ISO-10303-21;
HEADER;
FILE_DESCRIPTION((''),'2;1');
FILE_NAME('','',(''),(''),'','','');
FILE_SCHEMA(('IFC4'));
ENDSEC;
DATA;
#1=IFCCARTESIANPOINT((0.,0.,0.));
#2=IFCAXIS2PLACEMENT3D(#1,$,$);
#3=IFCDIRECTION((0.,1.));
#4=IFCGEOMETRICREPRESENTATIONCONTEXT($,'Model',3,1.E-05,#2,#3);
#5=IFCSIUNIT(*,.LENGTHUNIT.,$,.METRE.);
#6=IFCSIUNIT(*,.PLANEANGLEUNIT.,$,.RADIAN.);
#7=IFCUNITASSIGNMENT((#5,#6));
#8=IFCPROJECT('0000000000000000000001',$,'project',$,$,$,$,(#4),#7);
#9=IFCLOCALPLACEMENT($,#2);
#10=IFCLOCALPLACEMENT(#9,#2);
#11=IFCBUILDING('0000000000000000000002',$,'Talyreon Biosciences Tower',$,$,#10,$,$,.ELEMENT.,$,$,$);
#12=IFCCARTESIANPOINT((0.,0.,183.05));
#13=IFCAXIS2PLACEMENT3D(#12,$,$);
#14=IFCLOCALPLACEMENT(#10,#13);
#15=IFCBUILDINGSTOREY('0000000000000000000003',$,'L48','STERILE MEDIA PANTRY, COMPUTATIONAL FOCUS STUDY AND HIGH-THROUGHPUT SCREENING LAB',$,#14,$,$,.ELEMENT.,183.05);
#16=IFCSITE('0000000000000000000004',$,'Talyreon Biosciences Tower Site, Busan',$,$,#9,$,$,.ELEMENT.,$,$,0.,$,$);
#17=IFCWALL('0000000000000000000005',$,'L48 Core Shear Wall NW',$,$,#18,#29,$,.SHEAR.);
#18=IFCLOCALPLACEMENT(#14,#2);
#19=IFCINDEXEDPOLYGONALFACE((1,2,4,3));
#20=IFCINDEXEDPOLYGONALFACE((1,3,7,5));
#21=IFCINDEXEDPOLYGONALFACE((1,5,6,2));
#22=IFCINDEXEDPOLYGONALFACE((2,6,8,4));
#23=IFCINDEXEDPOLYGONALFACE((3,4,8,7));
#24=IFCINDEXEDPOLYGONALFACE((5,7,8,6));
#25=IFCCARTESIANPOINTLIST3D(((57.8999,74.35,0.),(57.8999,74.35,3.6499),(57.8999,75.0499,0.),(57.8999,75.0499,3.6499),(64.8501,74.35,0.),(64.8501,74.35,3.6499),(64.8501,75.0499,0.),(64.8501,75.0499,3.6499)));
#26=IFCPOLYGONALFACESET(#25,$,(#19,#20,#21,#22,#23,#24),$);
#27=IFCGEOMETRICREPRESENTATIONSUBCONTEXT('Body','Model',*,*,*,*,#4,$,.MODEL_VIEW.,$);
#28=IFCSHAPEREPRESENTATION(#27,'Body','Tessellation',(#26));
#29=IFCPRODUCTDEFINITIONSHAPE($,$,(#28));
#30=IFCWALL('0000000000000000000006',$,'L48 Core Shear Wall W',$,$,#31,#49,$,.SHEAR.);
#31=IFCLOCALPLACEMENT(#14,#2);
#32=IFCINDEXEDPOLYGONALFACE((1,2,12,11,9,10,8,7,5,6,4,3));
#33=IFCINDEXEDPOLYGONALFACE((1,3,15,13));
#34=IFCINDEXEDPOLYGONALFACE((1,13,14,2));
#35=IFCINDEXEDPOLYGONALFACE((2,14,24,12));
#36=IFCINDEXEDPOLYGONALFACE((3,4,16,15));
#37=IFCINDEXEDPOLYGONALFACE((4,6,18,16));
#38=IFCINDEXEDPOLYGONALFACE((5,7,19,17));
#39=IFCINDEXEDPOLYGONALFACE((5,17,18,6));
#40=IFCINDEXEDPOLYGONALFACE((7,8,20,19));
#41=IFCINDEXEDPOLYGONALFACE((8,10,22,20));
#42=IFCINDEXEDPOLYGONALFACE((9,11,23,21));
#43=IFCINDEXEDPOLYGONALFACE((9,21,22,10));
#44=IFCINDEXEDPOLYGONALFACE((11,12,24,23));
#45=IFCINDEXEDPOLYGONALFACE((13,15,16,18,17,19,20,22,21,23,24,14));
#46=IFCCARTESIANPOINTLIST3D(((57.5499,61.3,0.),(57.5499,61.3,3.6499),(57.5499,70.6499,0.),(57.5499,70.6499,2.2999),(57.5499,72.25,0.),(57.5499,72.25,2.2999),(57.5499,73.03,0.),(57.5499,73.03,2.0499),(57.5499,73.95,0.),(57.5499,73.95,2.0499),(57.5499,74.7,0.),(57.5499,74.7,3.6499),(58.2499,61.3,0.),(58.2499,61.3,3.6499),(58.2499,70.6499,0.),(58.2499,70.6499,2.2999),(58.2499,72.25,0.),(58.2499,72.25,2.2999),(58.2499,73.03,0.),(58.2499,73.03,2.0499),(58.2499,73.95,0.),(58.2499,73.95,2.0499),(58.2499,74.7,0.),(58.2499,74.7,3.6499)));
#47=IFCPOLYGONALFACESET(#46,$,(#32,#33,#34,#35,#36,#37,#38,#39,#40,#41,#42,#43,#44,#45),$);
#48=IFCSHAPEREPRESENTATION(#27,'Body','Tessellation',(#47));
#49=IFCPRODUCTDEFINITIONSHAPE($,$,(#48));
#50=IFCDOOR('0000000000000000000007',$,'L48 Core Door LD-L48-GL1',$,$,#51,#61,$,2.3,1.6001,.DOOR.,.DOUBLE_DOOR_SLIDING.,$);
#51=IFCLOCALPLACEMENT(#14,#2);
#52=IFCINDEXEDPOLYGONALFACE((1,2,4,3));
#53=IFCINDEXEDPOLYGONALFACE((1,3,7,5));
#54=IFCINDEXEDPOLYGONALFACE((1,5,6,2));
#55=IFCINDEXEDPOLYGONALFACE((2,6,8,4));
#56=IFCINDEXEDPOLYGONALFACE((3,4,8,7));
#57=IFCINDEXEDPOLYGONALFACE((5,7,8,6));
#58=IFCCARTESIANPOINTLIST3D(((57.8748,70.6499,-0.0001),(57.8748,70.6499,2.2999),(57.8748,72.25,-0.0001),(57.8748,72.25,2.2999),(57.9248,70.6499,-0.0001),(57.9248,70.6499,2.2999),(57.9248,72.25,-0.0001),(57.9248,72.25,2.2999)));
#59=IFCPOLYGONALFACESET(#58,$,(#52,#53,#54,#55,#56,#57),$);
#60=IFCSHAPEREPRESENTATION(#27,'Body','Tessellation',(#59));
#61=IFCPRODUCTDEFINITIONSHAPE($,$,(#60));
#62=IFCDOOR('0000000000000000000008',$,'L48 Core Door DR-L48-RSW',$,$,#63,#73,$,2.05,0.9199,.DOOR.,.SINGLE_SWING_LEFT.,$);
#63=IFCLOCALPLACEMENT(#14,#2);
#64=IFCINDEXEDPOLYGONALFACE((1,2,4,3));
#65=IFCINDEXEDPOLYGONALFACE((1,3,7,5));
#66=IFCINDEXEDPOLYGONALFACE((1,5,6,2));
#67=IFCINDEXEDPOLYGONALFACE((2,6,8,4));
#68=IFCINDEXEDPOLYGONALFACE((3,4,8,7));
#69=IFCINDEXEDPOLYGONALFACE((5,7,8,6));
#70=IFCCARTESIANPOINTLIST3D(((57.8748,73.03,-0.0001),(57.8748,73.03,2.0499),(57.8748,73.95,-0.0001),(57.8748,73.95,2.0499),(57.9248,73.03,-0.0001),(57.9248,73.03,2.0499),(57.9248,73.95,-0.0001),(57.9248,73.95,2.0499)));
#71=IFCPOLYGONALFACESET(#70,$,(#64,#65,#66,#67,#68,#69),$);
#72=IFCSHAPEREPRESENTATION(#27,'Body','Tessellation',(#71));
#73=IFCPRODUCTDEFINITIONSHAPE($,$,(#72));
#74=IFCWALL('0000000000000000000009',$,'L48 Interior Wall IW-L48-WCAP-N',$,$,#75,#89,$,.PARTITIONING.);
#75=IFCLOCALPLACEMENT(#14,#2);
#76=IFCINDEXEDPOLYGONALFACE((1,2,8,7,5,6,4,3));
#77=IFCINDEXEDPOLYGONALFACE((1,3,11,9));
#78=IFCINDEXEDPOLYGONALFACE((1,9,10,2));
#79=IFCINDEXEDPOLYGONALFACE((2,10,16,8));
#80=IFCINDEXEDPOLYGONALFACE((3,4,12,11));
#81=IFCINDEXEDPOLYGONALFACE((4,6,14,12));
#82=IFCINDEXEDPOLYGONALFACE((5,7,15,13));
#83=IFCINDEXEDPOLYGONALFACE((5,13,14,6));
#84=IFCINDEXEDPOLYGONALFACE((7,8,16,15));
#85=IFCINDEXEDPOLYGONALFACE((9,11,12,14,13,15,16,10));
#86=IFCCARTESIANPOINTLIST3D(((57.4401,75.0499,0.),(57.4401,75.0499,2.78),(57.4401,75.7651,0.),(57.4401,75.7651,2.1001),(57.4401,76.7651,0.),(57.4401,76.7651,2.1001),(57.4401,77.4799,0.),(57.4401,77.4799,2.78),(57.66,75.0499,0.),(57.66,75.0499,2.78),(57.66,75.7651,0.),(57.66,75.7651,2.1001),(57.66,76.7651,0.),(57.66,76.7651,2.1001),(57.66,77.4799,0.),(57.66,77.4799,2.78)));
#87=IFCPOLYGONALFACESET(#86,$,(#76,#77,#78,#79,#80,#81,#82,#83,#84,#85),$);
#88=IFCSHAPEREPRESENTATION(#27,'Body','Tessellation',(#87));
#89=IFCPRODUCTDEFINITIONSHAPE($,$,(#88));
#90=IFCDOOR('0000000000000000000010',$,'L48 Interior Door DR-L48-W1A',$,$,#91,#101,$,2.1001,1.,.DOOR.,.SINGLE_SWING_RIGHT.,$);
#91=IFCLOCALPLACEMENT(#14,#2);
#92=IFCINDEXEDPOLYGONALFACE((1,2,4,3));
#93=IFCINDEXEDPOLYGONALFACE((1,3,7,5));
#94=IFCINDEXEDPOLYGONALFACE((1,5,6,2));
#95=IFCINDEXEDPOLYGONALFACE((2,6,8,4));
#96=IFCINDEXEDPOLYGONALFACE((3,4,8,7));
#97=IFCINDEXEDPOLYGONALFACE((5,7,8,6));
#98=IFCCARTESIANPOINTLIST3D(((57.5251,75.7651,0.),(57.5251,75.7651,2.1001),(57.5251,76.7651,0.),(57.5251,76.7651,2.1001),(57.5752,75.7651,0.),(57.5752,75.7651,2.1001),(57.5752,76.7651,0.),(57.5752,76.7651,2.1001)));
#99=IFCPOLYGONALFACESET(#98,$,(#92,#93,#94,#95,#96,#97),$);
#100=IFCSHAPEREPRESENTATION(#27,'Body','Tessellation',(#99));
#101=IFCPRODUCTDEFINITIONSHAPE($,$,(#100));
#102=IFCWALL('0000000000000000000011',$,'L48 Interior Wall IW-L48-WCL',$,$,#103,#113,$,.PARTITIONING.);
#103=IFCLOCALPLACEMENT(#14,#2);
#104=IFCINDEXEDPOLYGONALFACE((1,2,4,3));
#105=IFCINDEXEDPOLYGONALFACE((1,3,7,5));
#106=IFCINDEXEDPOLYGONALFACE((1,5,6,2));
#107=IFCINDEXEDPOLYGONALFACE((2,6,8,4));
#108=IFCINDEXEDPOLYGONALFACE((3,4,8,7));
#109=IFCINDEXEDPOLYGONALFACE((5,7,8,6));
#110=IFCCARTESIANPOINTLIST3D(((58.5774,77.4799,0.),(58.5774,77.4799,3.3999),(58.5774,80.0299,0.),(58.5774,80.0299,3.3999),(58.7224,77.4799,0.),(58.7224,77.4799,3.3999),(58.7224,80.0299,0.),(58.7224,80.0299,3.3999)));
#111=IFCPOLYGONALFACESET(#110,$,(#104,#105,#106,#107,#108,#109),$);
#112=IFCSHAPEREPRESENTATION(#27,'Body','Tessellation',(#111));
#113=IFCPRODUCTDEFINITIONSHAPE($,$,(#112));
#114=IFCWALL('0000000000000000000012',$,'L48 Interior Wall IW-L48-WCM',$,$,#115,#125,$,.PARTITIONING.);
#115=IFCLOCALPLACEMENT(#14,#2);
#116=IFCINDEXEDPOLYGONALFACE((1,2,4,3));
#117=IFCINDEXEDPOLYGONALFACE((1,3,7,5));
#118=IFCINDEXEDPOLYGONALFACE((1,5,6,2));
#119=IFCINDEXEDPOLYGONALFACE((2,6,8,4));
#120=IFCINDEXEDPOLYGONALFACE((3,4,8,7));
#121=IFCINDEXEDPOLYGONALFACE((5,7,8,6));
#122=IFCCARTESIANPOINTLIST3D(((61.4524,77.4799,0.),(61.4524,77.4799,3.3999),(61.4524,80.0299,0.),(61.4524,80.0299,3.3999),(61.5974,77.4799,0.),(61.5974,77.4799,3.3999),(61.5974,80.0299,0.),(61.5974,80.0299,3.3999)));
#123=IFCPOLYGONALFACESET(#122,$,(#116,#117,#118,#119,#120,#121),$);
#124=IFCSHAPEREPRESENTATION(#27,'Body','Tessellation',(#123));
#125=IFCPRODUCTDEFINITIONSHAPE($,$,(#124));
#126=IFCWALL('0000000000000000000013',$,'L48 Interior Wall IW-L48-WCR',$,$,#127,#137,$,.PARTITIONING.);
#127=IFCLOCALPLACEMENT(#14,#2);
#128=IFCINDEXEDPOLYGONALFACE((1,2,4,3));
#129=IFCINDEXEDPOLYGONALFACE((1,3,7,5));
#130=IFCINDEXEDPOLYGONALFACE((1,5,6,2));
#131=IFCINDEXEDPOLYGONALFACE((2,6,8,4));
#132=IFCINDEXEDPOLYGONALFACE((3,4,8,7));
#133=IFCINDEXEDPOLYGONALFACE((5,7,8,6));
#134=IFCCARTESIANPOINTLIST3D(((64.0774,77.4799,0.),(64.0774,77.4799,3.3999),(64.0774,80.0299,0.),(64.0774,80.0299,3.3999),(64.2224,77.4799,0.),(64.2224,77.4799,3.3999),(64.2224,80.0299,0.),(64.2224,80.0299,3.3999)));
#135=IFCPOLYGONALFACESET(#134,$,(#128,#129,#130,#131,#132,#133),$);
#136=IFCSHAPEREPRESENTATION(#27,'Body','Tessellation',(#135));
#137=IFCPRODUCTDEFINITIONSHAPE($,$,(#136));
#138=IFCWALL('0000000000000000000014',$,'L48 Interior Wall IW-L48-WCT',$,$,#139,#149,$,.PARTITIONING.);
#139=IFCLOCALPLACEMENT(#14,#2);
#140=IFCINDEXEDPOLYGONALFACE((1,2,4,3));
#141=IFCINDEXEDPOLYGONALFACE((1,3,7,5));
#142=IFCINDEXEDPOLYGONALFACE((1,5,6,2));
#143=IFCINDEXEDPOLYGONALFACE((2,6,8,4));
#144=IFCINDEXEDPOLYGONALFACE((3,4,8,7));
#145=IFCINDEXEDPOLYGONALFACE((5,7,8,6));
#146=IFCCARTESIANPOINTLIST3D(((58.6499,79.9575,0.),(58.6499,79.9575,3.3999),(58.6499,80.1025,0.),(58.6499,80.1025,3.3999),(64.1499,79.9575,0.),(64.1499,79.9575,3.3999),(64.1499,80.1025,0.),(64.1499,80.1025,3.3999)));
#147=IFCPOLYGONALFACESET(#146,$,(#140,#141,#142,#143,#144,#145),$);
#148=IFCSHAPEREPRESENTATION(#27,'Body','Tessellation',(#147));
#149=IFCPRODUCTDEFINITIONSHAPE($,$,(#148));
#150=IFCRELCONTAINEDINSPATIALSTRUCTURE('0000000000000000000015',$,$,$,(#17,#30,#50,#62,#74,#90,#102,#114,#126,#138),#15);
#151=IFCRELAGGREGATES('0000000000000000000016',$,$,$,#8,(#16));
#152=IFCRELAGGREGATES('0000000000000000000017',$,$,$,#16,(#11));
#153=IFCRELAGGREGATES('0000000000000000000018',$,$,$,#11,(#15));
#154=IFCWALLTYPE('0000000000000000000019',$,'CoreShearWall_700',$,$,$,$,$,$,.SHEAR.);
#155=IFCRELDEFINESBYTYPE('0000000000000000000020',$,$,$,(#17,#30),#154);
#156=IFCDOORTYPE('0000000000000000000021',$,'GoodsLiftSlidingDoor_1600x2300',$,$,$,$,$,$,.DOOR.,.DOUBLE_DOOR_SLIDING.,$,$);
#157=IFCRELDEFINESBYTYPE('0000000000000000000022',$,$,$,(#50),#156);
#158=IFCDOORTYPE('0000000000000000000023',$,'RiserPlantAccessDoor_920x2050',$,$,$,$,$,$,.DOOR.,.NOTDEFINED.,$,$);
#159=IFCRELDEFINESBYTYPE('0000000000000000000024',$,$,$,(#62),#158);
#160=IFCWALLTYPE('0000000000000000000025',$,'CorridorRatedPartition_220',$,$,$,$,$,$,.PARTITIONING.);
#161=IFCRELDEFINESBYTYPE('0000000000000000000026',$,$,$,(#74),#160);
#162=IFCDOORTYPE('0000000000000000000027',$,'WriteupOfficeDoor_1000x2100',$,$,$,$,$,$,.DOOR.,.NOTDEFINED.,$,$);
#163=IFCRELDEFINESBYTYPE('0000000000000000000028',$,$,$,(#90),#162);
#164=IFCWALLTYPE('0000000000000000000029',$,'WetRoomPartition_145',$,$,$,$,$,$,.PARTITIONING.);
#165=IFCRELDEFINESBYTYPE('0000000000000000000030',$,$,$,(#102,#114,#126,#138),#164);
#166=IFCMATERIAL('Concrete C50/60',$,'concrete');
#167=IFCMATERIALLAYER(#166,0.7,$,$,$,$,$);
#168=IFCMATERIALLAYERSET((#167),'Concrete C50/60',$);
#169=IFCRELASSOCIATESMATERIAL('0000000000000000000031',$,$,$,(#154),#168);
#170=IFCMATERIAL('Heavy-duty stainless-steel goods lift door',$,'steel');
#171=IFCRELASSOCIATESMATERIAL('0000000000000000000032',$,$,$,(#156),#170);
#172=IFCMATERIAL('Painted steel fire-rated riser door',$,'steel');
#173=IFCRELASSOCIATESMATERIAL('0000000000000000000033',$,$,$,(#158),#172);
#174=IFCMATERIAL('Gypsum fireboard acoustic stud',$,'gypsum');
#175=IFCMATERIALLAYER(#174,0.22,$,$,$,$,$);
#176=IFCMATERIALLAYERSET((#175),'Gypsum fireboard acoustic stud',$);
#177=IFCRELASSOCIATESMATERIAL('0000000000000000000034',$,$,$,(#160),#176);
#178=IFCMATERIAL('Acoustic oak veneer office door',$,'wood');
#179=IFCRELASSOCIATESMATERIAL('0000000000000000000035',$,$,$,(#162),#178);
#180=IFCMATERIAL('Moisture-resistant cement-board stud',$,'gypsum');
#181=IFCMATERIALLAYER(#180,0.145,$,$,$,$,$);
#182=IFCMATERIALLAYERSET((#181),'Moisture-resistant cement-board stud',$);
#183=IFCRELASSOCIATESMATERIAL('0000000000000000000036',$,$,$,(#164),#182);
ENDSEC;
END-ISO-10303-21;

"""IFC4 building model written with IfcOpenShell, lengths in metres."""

from ifc_helpers import new_model, si_unit, direction, frame, frame_2d, origin, place, context, subcontext, project, spatial, rectangle, extrude, material, layer, layer_set, type_object, element, fill, save


model = new_model("IFC4")

# Units and contexts
model_context = context("Model", 3, precision=1e-05, world=origin(), true_north=direction((0.0, 1.0)))
body_context = subcontext(model_context, "Body", "Model", "MODEL_VIEW")
ifc_project = project(units=[si_unit("LENGTHUNIT", "METRE"), si_unit("PLANEANGLEUNIT", "RADIAN")], contexts=[model_context])

# Site, building, storey
site_placement = place(None, origin())
site = spatial("IfcSite", under=ifc_project, at=site_placement, Name="Talyreon Biosciences Tower Site, Busan", CompositionType="ELEMENT", RefElevation=0.0)
building_placement = place(site_placement, origin())
building = spatial("IfcBuilding", under=site, at=building_placement, Name="Talyreon Biosciences Tower", CompositionType="ELEMENT")
storey_placement = place(building_placement, frame((0.0, 0.0, 183.05)))
storey = spatial("IfcBuildingStorey", under=building, at=storey_placement, Name="L48", Description="STERILE MEDIA PANTRY, COMPUTATIONAL FOCUS STUDY AND HIGH-THROUGHPUT SCREENING LAB", CompositionType="ELEMENT", Elevation=183.05)

# Shared definitions
ifc_material_1 = material(Name="Concrete C50/60", Category="concrete")

# Wall
ifc_layer_1 = layer(ifc_material_1, 0.7)
ifc_layer_set_1 = layer_set([ifc_layer_1], Name="Concrete C50/60")
wall_type_1 = type_object("IfcWallType", Name="CoreShearWall_700", PredefinedType="SHEAR", material=ifc_layer_set_1)
wall_1_placement = place(storey_placement, frame((64.8501, 74.7, 0.0), z_axis=(0.0, 0.0, 1.0), x_axis=(-1.0, 0.0, 0.0)))
element("IfcWall", 1, at=wall_1_placement, inside=storey, type_object=wall_type_1, Name="L48 Core Shear Wall NW", PredefinedType="SHEAR", context=body_context, shape_type="SweptSolid", body=[
    extrude(rectangle(XDim=6.9502, YDim=0.7, at=frame_2d((3.4751, 0.0))), origin(), (0.0, 0.0, 1.0), 3.6499),
])

# Wall, openings, doors
wall_2_placement = place(storey_placement, frame((57.8999, 74.7, 0.0), z_axis=(0.0, 0.0, 1.0), x_axis=(0.0, -1.0, 0.0)))
wall_2 = element("IfcWall", 2, at=wall_2_placement, inside=storey, type_object=wall_type_1, Name="L48 Core Shear Wall W", PredefinedType="SHEAR", context=body_context, shape_type="SweptSolid", body=[
    extrude(rectangle(XDim=13.3999, YDim=0.7, at=frame_2d((6.7, 0.0))), origin(), (0.0, 0.0, 1.0), 3.6499),
])
opening_1_placement = place(wall_2_placement, frame((0.75, 0.0, 0.0)))
opening_1 = element("IfcOpeningElement", 3, at=opening_1_placement, cuts=wall_2, PredefinedType="OPENING", context=body_context, shape_type="SweptSolid", body=[
    extrude(rectangle(XDim=0.9199, YDim=2.05, at=frame_2d((0.46, 1.0249))), frame((0.0, 0.3599, 0.0), z_axis=(0.0, -1.0, 0.0), x_axis=(1.0, 0.0, 0.0)), (0.0, 0.0, 1.0), 0.72),
])
opening_2_placement = place(wall_2_placement, frame((2.45, 0.0, 0.0)))
opening_2 = element("IfcOpeningElement", 4, at=opening_2_placement, cuts=wall_2, PredefinedType="OPENING", context=body_context, shape_type="SweptSolid", body=[
    extrude(rectangle(XDim=1.6001, YDim=2.3, at=frame_2d((0.8, 1.1499))), frame((0.0, 0.3599, 0.0), z_axis=(0.0, -1.0, 0.0), x_axis=(1.0, 0.0, 0.0)), (0.0, 0.0, 1.0), 0.72),
])
ifc_material_2 = material(Name="Heavy-duty stainless-steel goods lift door", Category="steel")
door_type_1 = type_object("IfcDoorType", Name="GoodsLiftSlidingDoor_1600x2300", OperationType="DOUBLE_DOOR_SLIDING", PredefinedType="DOOR", material=ifc_material_2)
door_1_placement = place(opening_2_placement, origin())
door_1 = element("IfcDoor", 5, at=door_1_placement, inside=storey, type_object=door_type_1, Name="L48 Core Door LD-L48-GL1", OperationType="DOUBLE_DOOR_SLIDING", OverallHeight=2.3, OverallWidth=1.6001, PredefinedType="DOOR", context=body_context, shape_type="SweptSolid", body=[
    extrude(rectangle(XDim=1.6001, YDim=2.3, at=frame_2d((0.8, 1.1499))), frame((0.0, 0.0249, 0.0), z_axis=(0.0, -1.0, 0.0), x_axis=(1.0, 0.0, 0.0)), (0.0, 0.0, 1.0), 0.05),
])
fill(opening_2, door_1)
ifc_material_3 = material(Name="Painted steel fire-rated riser door", Category="steel")
door_type_2 = type_object("IfcDoorType", Name="RiserPlantAccessDoor_920x2050", OperationType="NOTDEFINED", PredefinedType="DOOR", material=ifc_material_3)
door_2_placement = place(opening_1_placement, origin())
door_2 = element("IfcDoor", 6, at=door_2_placement, inside=storey, type_object=door_type_2, Name="L48 Core Door DR-L48-RSW", OperationType="SINGLE_SWING_LEFT", OverallHeight=2.05, OverallWidth=0.9199, PredefinedType="DOOR", context=body_context, shape_type="SweptSolid", body=[
    extrude(rectangle(XDim=0.9199, YDim=2.05, at=frame_2d((0.46, 1.0249))), frame((0.0, 0.0249, 0.0), z_axis=(0.0, -1.0, 0.0), x_axis=(1.0, 0.0, 0.0)), (0.0, 0.0, 1.0), 0.05),
])
fill(opening_1, door_2)

# Wall, opening, door
ifc_material_4 = material(Name="Gypsum fireboard acoustic stud", Category="gypsum")
ifc_layer_2 = layer(ifc_material_4, 0.22)
ifc_layer_set_2 = layer_set([ifc_layer_2], Name="Gypsum fireboard acoustic stud")
wall_type_2 = type_object("IfcWallType", Name="CorridorRatedPartition_220", PredefinedType="PARTITIONING", material=ifc_layer_set_2)
wall_3_placement = place(storey_placement, frame((57.55, 75.05, 0.0), z_axis=(0.0, 0.0, 1.0), x_axis=(0.0, 1.0, 0.0)))
wall_3 = element("IfcWall", 7, at=wall_3_placement, inside=storey, type_object=wall_type_2, Name="L48 Interior Wall IW-L48-WCAP-N", PredefinedType="PARTITIONING", context=body_context, shape_type="SweptSolid", body=[
    extrude(rectangle(XDim=2.4299, YDim=0.22, at=frame_2d((1.2148, 0.0))), origin(), (0.0, 0.0, 1.0), 2.78),
])
opening_3_placement = place(wall_3_placement, frame((0.7151, 0.0, 0.0)))
opening_3 = element("IfcOpeningElement", 8, at=opening_3_placement, cuts=wall_3, PredefinedType="OPENING", context=body_context, shape_type="SweptSolid", body=[
    extrude(rectangle(XDim=1.0, YDim=2.1001, at=frame_2d((0.5, 1.05))), frame((0.0, 0.1199, 0.0), z_axis=(0.0, -1.0, 0.0), x_axis=(1.0, 0.0, 0.0)), (0.0, 0.0, 1.0), 0.24),
])
ifc_material_5 = material(Name="Acoustic oak veneer office door", Category="wood")
door_type_3 = type_object("IfcDoorType", Name="WriteupOfficeDoor_1000x2100", OperationType="NOTDEFINED", PredefinedType="DOOR", material=ifc_material_5)
door_3_placement = place(opening_3_placement, origin())
door_3 = element("IfcDoor", 9, at=door_3_placement, inside=storey, type_object=door_type_3, Name="L48 Interior Door DR-L48-W1A", OperationType="SINGLE_SWING_RIGHT", OverallHeight=2.1001, OverallWidth=1.0, PredefinedType="DOOR", context=body_context, shape_type="SweptSolid", body=[
    extrude(rectangle(XDim=1.0, YDim=2.1001, at=frame_2d((0.5, 1.05))), frame((0.0, 0.0249, 0.0), z_axis=(0.0, -1.0, 0.0), x_axis=(1.0, 0.0, 0.0)), (0.0, 0.0, 1.0), 0.05),
])
fill(opening_3, door_3)

# Walls
ifc_material_6 = material(Name="Moisture-resistant cement-board stud", Category="gypsum")
ifc_layer_3 = layer(ifc_material_6, 0.145)
ifc_layer_set_3 = layer_set([ifc_layer_3], Name="Moisture-resistant cement-board stud")
wall_type_3 = type_object("IfcWallType", Name="WetRoomPartition_145", PredefinedType="PARTITIONING", material=ifc_layer_set_3)
for number, where, z_axis, x_axis, name in (
    (10, (58.6499, 77.48, 0.0), (0.0, 0.0, 1.0), (0.0, 1.0, 0.0), "L48 Interior Wall IW-L48-WCL"),
    (11, (61.5249, 77.48, 0.0), (0.0, 0.0, 1.0), (0.0, 1.0, 0.0), "L48 Interior Wall IW-L48-WCM"),
    (12, (64.1499, 77.48, 0.0), (0.0, 0.0, 1.0), (0.0, 1.0, 0.0), "L48 Interior Wall IW-L48-WCR"),
):
    element("IfcWall", number, at=place(storey_placement, frame(where, z_axis=z_axis, x_axis=x_axis)), inside=storey, type_object=wall_type_3, Name=name, PredefinedType="PARTITIONING", context=body_context, shape_type="SweptSolid", body=[
        extrude(rectangle(XDim=2.55, YDim=0.145, at=frame_2d((1.2749, 0.0))), origin(), (0.0, 0.0, 1.0), 3.3999),
    ])
wall_4_placement = place(storey_placement, frame((58.6499, 80.03, 0.0), z_axis=(0.0, 0.0, 1.0), x_axis=(1.0, 0.0, 0.0)))
element("IfcWall", 13, at=wall_4_placement, inside=storey, type_object=wall_type_3, Name="L48 Interior Wall IW-L48-WCT", PredefinedType="PARTITIONING", context=body_context, shape_type="SweptSolid", body=[
    extrude(rectangle(XDim=5.5, YDim=0.145, at=frame_2d((2.75, 0.0))), origin(), (0.0, 0.0, 1.0), 3.3999),
])

save(model, "model.ifc")
